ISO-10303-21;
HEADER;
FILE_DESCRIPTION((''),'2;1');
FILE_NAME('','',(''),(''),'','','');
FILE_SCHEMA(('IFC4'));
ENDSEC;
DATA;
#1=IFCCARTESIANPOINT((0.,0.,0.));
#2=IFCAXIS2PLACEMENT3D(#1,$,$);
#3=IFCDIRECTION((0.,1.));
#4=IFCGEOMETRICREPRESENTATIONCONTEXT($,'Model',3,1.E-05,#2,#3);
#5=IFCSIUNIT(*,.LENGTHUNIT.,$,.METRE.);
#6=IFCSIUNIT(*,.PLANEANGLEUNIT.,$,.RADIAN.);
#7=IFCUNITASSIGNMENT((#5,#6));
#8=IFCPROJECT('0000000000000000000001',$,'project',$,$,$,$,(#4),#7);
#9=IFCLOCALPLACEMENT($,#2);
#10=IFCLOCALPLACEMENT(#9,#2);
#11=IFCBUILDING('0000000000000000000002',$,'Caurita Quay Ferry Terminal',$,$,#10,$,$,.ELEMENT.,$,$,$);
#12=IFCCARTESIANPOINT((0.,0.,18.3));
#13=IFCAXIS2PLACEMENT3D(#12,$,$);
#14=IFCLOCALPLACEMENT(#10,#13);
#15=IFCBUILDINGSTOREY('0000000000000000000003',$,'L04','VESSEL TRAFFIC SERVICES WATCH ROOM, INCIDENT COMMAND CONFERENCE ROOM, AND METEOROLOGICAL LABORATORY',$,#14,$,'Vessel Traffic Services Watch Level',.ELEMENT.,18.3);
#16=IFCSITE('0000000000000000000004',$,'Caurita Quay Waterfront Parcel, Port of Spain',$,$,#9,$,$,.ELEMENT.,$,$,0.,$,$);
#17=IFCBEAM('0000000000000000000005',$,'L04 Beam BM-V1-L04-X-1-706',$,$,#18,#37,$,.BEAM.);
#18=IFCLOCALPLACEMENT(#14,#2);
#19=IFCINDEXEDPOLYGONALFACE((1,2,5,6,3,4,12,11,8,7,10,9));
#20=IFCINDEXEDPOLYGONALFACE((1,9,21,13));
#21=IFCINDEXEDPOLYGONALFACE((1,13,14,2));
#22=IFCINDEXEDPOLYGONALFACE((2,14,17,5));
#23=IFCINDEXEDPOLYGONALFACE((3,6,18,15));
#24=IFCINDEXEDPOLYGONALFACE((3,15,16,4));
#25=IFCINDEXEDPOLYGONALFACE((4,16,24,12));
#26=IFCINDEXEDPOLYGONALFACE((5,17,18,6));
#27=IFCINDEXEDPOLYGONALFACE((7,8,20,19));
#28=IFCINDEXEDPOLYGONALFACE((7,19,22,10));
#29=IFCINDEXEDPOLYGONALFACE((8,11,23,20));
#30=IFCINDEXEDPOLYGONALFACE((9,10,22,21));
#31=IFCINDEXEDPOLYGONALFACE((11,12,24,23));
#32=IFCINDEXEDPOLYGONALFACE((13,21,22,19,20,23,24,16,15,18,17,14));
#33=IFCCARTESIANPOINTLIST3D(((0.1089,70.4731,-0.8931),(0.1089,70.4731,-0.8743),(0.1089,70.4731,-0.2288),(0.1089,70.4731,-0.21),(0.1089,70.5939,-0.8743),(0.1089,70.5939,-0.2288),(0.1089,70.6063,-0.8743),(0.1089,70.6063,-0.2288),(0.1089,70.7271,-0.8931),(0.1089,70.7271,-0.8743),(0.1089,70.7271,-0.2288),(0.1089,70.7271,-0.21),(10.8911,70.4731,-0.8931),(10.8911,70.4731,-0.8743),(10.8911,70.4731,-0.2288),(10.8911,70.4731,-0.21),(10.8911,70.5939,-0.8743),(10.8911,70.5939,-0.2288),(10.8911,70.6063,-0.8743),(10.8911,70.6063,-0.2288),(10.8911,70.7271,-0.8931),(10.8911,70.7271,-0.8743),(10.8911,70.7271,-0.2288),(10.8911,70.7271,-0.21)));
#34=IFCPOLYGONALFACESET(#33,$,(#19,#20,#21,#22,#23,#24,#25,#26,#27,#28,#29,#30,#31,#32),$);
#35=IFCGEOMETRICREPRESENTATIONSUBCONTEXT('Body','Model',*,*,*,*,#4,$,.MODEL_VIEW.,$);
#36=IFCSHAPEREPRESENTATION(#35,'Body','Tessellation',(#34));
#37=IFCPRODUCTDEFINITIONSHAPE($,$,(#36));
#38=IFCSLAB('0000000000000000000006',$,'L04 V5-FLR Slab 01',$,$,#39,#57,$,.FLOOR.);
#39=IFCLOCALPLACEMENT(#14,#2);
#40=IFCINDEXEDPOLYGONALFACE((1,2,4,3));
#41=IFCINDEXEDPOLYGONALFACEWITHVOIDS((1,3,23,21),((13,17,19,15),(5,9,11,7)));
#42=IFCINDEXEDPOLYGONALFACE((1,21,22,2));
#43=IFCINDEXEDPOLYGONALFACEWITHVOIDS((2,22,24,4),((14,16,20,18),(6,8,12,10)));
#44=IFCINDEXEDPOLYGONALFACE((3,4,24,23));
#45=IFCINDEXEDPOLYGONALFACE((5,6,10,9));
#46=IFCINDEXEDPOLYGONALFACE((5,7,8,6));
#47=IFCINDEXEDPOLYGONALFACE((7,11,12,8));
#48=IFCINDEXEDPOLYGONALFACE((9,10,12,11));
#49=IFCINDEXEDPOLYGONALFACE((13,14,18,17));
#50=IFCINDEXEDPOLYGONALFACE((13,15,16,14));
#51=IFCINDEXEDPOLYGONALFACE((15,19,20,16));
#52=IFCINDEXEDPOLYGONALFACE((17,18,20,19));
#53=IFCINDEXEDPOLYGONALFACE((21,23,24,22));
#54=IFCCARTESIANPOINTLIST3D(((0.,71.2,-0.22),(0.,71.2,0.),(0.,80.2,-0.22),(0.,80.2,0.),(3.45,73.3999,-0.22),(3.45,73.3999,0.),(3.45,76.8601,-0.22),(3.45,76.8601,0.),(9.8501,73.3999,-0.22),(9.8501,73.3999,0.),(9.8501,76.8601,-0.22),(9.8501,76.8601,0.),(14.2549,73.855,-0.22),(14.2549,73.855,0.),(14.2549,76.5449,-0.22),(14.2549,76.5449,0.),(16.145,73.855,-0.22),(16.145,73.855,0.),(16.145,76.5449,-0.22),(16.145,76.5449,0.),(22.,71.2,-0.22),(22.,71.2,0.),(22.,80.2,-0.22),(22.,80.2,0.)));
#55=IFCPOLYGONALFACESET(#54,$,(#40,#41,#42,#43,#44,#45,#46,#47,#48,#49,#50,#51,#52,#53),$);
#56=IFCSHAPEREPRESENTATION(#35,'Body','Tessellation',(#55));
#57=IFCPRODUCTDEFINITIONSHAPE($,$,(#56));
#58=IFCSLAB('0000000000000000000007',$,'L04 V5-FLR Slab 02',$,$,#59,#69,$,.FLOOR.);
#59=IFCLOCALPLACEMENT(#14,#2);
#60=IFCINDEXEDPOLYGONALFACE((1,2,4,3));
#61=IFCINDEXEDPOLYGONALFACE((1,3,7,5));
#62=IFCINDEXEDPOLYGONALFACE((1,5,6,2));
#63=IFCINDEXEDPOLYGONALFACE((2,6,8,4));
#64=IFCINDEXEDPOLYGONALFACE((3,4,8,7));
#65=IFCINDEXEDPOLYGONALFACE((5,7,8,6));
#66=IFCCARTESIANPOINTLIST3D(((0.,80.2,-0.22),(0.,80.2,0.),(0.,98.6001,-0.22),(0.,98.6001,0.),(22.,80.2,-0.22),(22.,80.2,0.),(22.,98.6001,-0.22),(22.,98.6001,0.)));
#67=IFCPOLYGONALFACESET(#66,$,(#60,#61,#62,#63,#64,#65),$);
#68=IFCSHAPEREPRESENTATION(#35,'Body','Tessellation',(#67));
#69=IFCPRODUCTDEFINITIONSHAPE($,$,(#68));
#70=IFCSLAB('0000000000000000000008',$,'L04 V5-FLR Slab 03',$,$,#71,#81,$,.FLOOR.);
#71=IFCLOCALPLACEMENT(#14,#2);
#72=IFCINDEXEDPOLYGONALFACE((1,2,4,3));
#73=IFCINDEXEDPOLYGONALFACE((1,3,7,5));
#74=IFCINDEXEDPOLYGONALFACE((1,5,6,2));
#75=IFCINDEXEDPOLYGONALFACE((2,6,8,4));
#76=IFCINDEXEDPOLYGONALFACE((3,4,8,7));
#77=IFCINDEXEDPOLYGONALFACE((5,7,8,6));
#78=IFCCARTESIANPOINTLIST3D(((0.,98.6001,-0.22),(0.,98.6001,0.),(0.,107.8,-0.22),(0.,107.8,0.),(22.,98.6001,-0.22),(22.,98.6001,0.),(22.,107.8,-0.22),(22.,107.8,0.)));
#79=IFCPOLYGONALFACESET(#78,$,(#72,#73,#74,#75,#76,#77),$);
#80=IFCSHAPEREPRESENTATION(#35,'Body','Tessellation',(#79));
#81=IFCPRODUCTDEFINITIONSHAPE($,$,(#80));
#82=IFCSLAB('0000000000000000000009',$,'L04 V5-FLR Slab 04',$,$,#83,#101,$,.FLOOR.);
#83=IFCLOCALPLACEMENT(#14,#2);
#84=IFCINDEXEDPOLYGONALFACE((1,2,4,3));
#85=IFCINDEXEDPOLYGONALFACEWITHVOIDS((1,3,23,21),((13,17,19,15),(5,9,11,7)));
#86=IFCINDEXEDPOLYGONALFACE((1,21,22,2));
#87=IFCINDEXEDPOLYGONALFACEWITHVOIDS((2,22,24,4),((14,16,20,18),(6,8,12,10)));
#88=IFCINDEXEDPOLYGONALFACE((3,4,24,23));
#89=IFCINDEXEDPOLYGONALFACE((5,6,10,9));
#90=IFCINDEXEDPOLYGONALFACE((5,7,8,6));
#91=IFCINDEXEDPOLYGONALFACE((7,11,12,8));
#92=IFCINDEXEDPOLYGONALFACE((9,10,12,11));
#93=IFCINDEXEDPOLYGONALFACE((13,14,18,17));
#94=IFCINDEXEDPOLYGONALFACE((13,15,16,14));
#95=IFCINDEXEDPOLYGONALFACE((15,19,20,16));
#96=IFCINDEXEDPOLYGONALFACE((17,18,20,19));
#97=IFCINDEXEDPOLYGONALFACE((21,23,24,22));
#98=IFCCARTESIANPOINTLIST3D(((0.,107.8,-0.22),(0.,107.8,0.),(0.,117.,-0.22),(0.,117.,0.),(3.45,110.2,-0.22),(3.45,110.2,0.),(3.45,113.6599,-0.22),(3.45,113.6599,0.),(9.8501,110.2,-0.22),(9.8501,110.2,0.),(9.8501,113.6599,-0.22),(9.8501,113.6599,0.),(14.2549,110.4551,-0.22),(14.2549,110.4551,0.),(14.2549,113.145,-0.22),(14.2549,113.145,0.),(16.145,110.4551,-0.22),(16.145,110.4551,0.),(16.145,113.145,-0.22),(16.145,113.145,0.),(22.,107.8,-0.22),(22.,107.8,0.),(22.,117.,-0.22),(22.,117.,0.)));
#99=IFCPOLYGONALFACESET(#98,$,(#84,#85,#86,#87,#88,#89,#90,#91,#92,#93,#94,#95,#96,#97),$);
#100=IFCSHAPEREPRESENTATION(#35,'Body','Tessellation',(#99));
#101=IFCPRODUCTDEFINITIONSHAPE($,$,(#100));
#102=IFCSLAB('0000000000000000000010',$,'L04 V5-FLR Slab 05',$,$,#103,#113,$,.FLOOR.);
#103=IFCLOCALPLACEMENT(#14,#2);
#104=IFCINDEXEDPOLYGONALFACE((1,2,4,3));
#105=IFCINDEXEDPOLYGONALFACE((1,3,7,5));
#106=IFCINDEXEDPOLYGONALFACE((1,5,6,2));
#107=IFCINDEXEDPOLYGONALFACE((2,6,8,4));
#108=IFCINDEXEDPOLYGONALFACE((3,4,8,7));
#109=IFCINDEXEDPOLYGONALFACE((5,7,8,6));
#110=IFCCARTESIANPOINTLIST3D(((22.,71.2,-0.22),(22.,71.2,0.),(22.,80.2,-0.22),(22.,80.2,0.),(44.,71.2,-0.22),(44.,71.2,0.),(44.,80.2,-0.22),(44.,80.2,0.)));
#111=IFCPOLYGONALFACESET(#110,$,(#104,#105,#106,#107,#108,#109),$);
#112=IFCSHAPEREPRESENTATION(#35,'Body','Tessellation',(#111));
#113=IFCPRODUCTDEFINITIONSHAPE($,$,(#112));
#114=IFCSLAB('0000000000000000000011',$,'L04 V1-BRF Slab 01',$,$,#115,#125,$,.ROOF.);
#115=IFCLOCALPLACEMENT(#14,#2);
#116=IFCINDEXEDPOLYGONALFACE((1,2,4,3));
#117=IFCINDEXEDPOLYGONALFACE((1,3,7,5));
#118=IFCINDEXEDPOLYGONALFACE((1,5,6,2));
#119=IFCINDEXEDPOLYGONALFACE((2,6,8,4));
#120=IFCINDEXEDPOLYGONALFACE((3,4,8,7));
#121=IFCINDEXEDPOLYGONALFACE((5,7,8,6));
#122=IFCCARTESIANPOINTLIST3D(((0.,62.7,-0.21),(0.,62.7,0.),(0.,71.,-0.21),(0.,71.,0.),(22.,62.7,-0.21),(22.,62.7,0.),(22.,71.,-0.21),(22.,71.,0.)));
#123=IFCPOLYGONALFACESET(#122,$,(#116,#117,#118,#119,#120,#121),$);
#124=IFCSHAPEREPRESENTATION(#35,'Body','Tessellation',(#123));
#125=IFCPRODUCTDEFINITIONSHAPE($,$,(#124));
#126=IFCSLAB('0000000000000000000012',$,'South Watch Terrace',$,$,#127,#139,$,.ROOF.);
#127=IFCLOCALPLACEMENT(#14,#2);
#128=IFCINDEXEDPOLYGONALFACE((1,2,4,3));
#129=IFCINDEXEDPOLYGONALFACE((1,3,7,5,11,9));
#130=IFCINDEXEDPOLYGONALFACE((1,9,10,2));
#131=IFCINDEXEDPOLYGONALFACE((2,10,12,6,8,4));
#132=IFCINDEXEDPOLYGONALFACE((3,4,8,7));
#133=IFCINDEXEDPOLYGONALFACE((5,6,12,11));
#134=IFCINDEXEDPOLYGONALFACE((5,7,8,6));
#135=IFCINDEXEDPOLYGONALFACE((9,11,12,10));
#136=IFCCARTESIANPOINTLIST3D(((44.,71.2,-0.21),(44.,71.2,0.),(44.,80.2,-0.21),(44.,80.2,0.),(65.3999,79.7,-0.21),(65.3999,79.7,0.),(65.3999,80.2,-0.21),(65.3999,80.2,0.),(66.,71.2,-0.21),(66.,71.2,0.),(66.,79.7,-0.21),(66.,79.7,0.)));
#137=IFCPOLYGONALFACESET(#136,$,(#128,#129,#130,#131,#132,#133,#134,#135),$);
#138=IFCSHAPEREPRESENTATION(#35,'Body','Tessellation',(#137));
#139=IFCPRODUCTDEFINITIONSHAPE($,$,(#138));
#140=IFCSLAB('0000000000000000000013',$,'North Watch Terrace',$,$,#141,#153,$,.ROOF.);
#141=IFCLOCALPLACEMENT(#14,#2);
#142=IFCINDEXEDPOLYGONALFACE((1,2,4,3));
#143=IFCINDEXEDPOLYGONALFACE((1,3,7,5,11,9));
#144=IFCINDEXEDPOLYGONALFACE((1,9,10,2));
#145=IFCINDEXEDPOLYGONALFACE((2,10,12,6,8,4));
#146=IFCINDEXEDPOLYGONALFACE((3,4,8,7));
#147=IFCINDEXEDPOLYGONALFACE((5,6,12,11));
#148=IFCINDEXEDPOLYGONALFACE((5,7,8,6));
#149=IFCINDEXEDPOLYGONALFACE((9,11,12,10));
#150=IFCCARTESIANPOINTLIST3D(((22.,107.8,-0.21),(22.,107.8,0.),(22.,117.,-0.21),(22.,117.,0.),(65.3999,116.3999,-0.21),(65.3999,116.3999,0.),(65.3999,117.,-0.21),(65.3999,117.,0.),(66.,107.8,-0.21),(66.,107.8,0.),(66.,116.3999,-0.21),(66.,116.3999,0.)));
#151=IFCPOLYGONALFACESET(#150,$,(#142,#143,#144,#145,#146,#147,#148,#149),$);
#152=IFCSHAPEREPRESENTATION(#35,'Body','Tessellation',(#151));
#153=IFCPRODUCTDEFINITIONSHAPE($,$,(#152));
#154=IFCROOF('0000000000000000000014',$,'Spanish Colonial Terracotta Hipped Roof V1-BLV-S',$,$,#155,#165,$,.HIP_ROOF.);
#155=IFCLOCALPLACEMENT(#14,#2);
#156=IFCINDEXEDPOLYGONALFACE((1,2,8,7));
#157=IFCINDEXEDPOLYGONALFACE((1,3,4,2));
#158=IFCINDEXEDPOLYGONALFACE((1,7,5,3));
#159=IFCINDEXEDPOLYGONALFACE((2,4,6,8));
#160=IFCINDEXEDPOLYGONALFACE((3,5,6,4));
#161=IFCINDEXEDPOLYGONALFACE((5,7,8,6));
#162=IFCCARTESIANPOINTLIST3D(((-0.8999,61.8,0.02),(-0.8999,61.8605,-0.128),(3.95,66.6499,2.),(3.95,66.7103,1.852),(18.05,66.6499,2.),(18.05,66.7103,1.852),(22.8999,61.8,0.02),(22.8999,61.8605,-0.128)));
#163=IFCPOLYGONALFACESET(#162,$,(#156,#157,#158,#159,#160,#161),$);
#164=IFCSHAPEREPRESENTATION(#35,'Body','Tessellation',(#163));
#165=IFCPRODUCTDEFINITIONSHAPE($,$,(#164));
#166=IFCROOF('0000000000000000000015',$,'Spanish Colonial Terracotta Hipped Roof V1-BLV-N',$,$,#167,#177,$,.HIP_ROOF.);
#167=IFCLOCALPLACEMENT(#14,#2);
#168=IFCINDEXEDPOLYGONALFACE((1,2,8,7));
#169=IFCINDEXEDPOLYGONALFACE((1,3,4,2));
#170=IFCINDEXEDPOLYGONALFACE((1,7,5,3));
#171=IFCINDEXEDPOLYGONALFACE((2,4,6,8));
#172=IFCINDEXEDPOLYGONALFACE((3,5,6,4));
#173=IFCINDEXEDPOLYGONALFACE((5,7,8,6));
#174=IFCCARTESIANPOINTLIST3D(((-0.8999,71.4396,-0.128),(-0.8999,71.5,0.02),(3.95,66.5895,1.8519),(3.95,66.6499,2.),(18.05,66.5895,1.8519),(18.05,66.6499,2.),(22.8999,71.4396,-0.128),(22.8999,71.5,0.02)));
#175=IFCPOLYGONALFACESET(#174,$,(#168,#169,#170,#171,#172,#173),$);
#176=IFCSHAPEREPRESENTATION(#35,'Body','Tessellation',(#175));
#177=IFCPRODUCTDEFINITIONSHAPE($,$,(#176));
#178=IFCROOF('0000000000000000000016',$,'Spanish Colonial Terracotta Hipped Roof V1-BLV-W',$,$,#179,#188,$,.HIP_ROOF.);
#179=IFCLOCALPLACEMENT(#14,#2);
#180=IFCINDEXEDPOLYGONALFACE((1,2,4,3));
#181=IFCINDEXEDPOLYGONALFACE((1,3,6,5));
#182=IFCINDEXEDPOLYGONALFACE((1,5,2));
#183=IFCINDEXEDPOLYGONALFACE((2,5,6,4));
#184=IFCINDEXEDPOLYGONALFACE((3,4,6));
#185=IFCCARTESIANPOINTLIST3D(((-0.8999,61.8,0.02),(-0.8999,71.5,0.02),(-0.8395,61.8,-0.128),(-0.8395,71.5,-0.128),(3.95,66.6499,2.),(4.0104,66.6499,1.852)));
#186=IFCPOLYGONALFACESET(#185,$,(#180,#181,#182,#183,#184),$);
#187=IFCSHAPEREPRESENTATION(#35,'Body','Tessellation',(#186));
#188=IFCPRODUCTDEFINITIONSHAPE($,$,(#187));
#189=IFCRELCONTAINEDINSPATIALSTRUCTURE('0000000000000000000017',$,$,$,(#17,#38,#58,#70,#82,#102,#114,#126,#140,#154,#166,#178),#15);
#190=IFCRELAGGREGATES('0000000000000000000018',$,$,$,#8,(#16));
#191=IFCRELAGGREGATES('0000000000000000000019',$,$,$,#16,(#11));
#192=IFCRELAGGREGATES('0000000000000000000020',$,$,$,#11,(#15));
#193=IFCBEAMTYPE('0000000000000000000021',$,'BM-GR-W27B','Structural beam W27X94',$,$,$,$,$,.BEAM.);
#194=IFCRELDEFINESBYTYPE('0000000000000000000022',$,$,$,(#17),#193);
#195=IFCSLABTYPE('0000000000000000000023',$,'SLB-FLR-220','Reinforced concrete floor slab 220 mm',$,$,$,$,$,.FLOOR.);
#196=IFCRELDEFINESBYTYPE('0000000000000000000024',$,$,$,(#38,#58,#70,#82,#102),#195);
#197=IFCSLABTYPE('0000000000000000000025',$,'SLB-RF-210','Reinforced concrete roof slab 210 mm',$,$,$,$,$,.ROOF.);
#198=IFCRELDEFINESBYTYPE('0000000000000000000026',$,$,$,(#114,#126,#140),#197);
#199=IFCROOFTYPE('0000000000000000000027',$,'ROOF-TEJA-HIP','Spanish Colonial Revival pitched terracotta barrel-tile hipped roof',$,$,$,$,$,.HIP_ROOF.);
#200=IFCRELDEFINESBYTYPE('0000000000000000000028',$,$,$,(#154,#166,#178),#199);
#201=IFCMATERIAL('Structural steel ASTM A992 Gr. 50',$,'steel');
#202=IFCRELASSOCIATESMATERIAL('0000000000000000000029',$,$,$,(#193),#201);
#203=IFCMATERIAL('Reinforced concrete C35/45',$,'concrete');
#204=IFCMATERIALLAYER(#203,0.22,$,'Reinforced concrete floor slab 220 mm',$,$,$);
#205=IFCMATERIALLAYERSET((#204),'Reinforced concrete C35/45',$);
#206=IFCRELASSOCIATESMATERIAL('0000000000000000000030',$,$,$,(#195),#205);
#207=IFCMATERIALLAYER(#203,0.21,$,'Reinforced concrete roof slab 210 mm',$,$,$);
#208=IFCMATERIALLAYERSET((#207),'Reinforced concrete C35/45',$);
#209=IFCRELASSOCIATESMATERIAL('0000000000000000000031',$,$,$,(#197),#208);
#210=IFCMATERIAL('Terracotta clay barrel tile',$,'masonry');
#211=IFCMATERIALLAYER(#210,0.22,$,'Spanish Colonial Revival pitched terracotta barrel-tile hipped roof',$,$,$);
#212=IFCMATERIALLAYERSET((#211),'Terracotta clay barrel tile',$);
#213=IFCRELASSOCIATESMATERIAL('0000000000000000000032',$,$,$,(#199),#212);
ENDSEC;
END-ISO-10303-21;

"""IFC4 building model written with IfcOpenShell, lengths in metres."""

from ifc_helpers import new_model, si_unit, direction, frame, origin, origin_2d, place, context, subcontext, project, spatial, polyline, i_section, outline, extrude, material, layer, layer_set, material_profile, profile_set, type_object, element, save


model = new_model("IFC4")

# Units and contexts
model_context = context("Model", 3, precision=1e-05, world=origin(), true_north=direction((0.0, 1.0)))
body_context = subcontext(model_context, "Body", "Model", "MODEL_VIEW")
ifc_project = project(units=[si_unit("LENGTHUNIT", "METRE"), si_unit("PLANEANGLEUNIT", "RADIAN")], contexts=[model_context])

# Site, building, storey
site_placement = place(None, origin())
site = spatial("IfcSite", under=ifc_project, at=site_placement, Name="Caurita Quay Waterfront Parcel, Port of Spain", CompositionType="ELEMENT", RefElevation=0.0)
building_placement = place(site_placement, origin())
building = spatial("IfcBuilding", under=site, at=building_placement, Name="Caurita Quay Ferry Terminal", CompositionType="ELEMENT")
storey_placement = place(building_placement, frame((0.0, 0.0, 18.3)))
storey = spatial("IfcBuildingStorey", under=building, at=storey_placement, Name="L04", Description="VESSEL TRAFFIC SERVICES WATCH ROOM, INCIDENT COMMAND CONFERENCE ROOM, AND METEOROLOGICAL LABORATORY", LongName="Vessel Traffic Services Watch Level", CompositionType="ELEMENT", Elevation=18.3)

# Beam
ifc_material_1 = material(Name="Structural steel ASTM A992 Gr. 50", Category="steel")
ifc_material_profile = material_profile(ifc_material_1, i_section(OverallWidth=0.2539, OverallDepth=0.6831, WebThickness=0.0125, FlangeThickness=0.0188, at=origin_2d()), Name="W27X94")
ifc_profile_set = profile_set([ifc_material_profile], Name="Structural steel ASTM A992 Gr. 50")
beam_type = type_object("IfcBeamType", Name="BM-GR-W27B", Description="Structural beam W27X94", PredefinedType="BEAM", material=ifc_profile_set)
beam_placement = place(storey_placement, frame((0.1089, 70.6001, -0.5515), z_axis=(1.0, 0.0, 0.0), x_axis=(0.0, 1.0, 0.0)))
element("IfcBeam", 1, at=beam_placement, inside=storey, type_object=beam_type, Name="L04 Beam BM-V1-L04-X-1-706", PredefinedType="BEAM", context=body_context, shape_type="SweptSolid", body=[
    extrude(i_section(OverallWidth=0.2539, OverallDepth=0.6831, WebThickness=0.0125, FlangeThickness=0.0188, at=origin_2d()), origin(), (0.0, 0.0, 1.0), 10.7822),
])

# Slabs
ifc_material_2 = material(Name="Reinforced concrete C35/45", Category="concrete")
ifc_layer_1 = layer(ifc_material_2, 0.22, Name="Reinforced concrete floor slab 220 mm")
ifc_layer_set_1 = layer_set([ifc_layer_1], Name="Reinforced concrete C35/45")
slab_type_1 = type_object("IfcSlabType", Name="SLB-FLR-220", Description="Reinforced concrete floor slab 220 mm", PredefinedType="FLOOR", material=ifc_layer_set_1)
slab_1_placement = place(storey_placement, frame((0.0, 0.0, -0.22)))
element("IfcSlab", 2, at=slab_1_placement, inside=storey, type_object=slab_type_1, Name="L04 V5-FLR Slab 01", PredefinedType="FLOOR", context=body_context, shape_type="SweptSolid", body=[
    extrude(outline(polyline([(0.0, 71.2), (22.0, 71.2), (22.0, 80.2), (0.0, 80.2), (0.0, 71.2)]), holes=[polyline([(3.45, 73.3999), (9.8501, 73.3999), (9.8501, 76.8601), (3.45, 76.8601), (3.45, 73.3999)]), polyline([(14.2549, 73.855), (16.145, 73.855), (16.145, 76.5449), (14.2549, 76.5449), (14.2549, 73.855)])]), origin(), (0.0, 0.0, 1.0), 0.22),
])
slab_2_placement = place(storey_placement, frame((0.0, 0.0, -0.22)))
element("IfcSlab", 3, at=slab_2_placement, inside=storey, type_object=slab_type_1, Name="L04 V5-FLR Slab 02", PredefinedType="FLOOR", context=body_context, shape_type="SweptSolid", body=[
    extrude(outline(polyline([(0.0, 80.2), (22.0, 80.2), (22.0, 98.6001), (0.0, 98.6001), (0.0, 80.2)])), origin(), (0.0, 0.0, 1.0), 0.22),
])
slab_3_placement = place(storey_placement, frame((0.0, 0.0, -0.22)))
element("IfcSlab", 4, at=slab_3_placement, inside=storey, type_object=slab_type_1, Name="L04 V5-FLR Slab 03", PredefinedType="FLOOR", context=body_context, shape_type="SweptSolid", body=[
    extrude(outline(polyline([(0.0, 98.6001), (22.0, 98.6001), (22.0, 107.8), (0.0, 107.8), (0.0, 98.6001)])), origin(), (0.0, 0.0, 1.0), 0.22),
])
slab_4_placement = place(storey_placement, frame((0.0, 0.0, -0.22)))
element("IfcSlab", 5, at=slab_4_placement, inside=storey, type_object=slab_type_1, Name="L04 V5-FLR Slab 04", PredefinedType="FLOOR", context=body_context, shape_type="SweptSolid", body=[
    extrude(outline(polyline([(0.0, 107.8), (22.0, 107.8), (22.0, 117.0), (0.0, 117.0), (0.0, 107.8)]), holes=[polyline([(3.45, 110.2), (9.8501, 110.2), (9.8501, 113.6599), (3.45, 113.6599), (3.45, 110.2)]), polyline([(14.2549, 110.4551), (16.145, 110.4551), (16.145, 113.145), (14.2549, 113.145), (14.2549, 110.4551)])]), origin(), (0.0, 0.0, 1.0), 0.22),
])
slab_5_placement = place(storey_placement, frame((0.0, 0.0, -0.22)))
element("IfcSlab", 6, at=slab_5_placement, inside=storey, type_object=slab_type_1, Name="L04 V5-FLR Slab 05", PredefinedType="FLOOR", context=body_context, shape_type="SweptSolid", body=[
    extrude(outline(polyline([(22.0, 71.2), (44.0, 71.2), (44.0, 80.2), (22.0, 80.2), (22.0, 71.2)])), origin(), (0.0, 0.0, 1.0), 0.22),
])
ifc_layer_2 = layer(ifc_material_2, 0.21, Name="Reinforced concrete roof slab 210 mm")
ifc_layer_set_2 = layer_set([ifc_layer_2], Name="Reinforced concrete C35/45")
slab_type_2 = type_object("IfcSlabType", Name="SLB-RF-210", Description="Reinforced concrete roof slab 210 mm", PredefinedType="ROOF", material=ifc_layer_set_2)
slab_6_placement = place(storey_placement, frame((0.0, 0.0, -0.21)))
element("IfcSlab", 7, at=slab_6_placement, inside=storey, type_object=slab_type_2, Name="L04 V1-BRF Slab 01", PredefinedType="ROOF", context=body_context, shape_type="SweptSolid", body=[
    extrude(outline(polyline([(0.0, 62.7), (22.0, 62.7), (22.0, 71.0), (0.0, 71.0), (0.0, 62.7)])), origin(), (0.0, 0.0, 1.0), 0.21),
])
slab_7_placement = place(storey_placement, frame((0.0, 0.0, -0.21)))
element("IfcSlab", 8, at=slab_7_placement, inside=storey, type_object=slab_type_2, Name="South Watch Terrace", PredefinedType="ROOF", context=body_context, shape_type="SweptSolid", body=[
    extrude(outline(polyline([(44.0, 71.2), (66.0, 71.2), (66.0, 79.7), (65.3999, 79.7), (65.3999, 80.2), (44.0, 80.2), (44.0, 71.2)])), origin(), (0.0, 0.0, 1.0), 0.21),
])
slab_8_placement = place(storey_placement, frame((0.0, 0.0, -0.21)))
element("IfcSlab", 9, at=slab_8_placement, inside=storey, type_object=slab_type_2, Name="North Watch Terrace", PredefinedType="ROOF", context=body_context, shape_type="SweptSolid", body=[
    extrude(outline(polyline([(22.0, 107.8), (66.0, 107.8), (66.0, 116.3999), (65.3999, 116.3999), (65.3999, 117.0), (22.0, 117.0), (22.0, 107.8)])), origin(), (0.0, 0.0, 1.0), 0.21),
])

# Roofs
ifc_material_3 = material(Name="Terracotta clay barrel tile", Category="masonry")
ifc_layer_3 = layer(ifc_material_3, 0.22, Name="Spanish Colonial Revival pitched terracotta barrel-tile hipped roof")
ifc_layer_set_3 = layer_set([ifc_layer_3], Name="Terracotta clay barrel tile")
roof_type = type_object("IfcRoofType", Name="ROOF-TEJA-HIP", Description="Spanish Colonial Revival pitched terracotta barrel-tile hipped roof", PredefinedType="HIP_ROOF", material=ifc_layer_set_3)
roof_1_placement = place(storey_placement, frame((-0.8999, 61.8, 0.02), z_axis=(0.0, -0.37797, 0.925818), x_axis=(1.0, 0.0, 0.0)))
element("IfcRoof", 10, at=roof_1_placement, inside=storey, type_object=roof_type, Name="Spanish Colonial Terracotta Hipped Roof V1-BLV-S", PredefinedType="HIP_ROOF", context=body_context, shape_type="SweptSolid", body=[
    extrude(outline(polyline([(0.0, 0.0), (23.7998, 0.0), (18.95, 5.2385), (4.8499, 5.2385), (0.0, 0.0)])), origin(), (0.0, 0.0, -1.0), 0.1599),
])
roof_2_placement = place(storey_placement, frame((22.8999, 71.5, 0.02), z_axis=(0.0, 0.377954, 0.925824), x_axis=(-1.0, 0.0, 0.0)))
element("IfcRoof", 11, at=roof_2_placement, inside=storey, type_object=roof_type, Name="Spanish Colonial Terracotta Hipped Roof V1-BLV-N", PredefinedType="HIP_ROOF", context=body_context, shape_type="SweptSolid", body=[
    extrude(outline(polyline([(0.0, 0.0), (23.7998, 0.0), (18.95, 5.2387), (4.8499, 5.2387), (0.0, 0.0)])), origin(), (0.0, 0.0, -1.0), 0.1599),
])
roof_3_placement = place(storey_placement, frame((-0.8999, 71.5, 0.02), z_axis=(-0.37797, 0.0, 0.925818), x_axis=(0.0, -1.0, 0.0)))
element("IfcRoof", 12, at=roof_3_placement, inside=storey, type_object=roof_type, Name="Spanish Colonial Terracotta Hipped Roof V1-BLV-W", PredefinedType="HIP_ROOF", context=body_context, shape_type="SweptSolid", body=[
    extrude(outline(polyline([(0.0, 0.0), (9.7, 0.0), (4.8501, 5.2385), (0.0, 0.0)])), origin(), (0.0, 0.0, -1.0), 0.1599),
])

save(model, "model.ifc")
